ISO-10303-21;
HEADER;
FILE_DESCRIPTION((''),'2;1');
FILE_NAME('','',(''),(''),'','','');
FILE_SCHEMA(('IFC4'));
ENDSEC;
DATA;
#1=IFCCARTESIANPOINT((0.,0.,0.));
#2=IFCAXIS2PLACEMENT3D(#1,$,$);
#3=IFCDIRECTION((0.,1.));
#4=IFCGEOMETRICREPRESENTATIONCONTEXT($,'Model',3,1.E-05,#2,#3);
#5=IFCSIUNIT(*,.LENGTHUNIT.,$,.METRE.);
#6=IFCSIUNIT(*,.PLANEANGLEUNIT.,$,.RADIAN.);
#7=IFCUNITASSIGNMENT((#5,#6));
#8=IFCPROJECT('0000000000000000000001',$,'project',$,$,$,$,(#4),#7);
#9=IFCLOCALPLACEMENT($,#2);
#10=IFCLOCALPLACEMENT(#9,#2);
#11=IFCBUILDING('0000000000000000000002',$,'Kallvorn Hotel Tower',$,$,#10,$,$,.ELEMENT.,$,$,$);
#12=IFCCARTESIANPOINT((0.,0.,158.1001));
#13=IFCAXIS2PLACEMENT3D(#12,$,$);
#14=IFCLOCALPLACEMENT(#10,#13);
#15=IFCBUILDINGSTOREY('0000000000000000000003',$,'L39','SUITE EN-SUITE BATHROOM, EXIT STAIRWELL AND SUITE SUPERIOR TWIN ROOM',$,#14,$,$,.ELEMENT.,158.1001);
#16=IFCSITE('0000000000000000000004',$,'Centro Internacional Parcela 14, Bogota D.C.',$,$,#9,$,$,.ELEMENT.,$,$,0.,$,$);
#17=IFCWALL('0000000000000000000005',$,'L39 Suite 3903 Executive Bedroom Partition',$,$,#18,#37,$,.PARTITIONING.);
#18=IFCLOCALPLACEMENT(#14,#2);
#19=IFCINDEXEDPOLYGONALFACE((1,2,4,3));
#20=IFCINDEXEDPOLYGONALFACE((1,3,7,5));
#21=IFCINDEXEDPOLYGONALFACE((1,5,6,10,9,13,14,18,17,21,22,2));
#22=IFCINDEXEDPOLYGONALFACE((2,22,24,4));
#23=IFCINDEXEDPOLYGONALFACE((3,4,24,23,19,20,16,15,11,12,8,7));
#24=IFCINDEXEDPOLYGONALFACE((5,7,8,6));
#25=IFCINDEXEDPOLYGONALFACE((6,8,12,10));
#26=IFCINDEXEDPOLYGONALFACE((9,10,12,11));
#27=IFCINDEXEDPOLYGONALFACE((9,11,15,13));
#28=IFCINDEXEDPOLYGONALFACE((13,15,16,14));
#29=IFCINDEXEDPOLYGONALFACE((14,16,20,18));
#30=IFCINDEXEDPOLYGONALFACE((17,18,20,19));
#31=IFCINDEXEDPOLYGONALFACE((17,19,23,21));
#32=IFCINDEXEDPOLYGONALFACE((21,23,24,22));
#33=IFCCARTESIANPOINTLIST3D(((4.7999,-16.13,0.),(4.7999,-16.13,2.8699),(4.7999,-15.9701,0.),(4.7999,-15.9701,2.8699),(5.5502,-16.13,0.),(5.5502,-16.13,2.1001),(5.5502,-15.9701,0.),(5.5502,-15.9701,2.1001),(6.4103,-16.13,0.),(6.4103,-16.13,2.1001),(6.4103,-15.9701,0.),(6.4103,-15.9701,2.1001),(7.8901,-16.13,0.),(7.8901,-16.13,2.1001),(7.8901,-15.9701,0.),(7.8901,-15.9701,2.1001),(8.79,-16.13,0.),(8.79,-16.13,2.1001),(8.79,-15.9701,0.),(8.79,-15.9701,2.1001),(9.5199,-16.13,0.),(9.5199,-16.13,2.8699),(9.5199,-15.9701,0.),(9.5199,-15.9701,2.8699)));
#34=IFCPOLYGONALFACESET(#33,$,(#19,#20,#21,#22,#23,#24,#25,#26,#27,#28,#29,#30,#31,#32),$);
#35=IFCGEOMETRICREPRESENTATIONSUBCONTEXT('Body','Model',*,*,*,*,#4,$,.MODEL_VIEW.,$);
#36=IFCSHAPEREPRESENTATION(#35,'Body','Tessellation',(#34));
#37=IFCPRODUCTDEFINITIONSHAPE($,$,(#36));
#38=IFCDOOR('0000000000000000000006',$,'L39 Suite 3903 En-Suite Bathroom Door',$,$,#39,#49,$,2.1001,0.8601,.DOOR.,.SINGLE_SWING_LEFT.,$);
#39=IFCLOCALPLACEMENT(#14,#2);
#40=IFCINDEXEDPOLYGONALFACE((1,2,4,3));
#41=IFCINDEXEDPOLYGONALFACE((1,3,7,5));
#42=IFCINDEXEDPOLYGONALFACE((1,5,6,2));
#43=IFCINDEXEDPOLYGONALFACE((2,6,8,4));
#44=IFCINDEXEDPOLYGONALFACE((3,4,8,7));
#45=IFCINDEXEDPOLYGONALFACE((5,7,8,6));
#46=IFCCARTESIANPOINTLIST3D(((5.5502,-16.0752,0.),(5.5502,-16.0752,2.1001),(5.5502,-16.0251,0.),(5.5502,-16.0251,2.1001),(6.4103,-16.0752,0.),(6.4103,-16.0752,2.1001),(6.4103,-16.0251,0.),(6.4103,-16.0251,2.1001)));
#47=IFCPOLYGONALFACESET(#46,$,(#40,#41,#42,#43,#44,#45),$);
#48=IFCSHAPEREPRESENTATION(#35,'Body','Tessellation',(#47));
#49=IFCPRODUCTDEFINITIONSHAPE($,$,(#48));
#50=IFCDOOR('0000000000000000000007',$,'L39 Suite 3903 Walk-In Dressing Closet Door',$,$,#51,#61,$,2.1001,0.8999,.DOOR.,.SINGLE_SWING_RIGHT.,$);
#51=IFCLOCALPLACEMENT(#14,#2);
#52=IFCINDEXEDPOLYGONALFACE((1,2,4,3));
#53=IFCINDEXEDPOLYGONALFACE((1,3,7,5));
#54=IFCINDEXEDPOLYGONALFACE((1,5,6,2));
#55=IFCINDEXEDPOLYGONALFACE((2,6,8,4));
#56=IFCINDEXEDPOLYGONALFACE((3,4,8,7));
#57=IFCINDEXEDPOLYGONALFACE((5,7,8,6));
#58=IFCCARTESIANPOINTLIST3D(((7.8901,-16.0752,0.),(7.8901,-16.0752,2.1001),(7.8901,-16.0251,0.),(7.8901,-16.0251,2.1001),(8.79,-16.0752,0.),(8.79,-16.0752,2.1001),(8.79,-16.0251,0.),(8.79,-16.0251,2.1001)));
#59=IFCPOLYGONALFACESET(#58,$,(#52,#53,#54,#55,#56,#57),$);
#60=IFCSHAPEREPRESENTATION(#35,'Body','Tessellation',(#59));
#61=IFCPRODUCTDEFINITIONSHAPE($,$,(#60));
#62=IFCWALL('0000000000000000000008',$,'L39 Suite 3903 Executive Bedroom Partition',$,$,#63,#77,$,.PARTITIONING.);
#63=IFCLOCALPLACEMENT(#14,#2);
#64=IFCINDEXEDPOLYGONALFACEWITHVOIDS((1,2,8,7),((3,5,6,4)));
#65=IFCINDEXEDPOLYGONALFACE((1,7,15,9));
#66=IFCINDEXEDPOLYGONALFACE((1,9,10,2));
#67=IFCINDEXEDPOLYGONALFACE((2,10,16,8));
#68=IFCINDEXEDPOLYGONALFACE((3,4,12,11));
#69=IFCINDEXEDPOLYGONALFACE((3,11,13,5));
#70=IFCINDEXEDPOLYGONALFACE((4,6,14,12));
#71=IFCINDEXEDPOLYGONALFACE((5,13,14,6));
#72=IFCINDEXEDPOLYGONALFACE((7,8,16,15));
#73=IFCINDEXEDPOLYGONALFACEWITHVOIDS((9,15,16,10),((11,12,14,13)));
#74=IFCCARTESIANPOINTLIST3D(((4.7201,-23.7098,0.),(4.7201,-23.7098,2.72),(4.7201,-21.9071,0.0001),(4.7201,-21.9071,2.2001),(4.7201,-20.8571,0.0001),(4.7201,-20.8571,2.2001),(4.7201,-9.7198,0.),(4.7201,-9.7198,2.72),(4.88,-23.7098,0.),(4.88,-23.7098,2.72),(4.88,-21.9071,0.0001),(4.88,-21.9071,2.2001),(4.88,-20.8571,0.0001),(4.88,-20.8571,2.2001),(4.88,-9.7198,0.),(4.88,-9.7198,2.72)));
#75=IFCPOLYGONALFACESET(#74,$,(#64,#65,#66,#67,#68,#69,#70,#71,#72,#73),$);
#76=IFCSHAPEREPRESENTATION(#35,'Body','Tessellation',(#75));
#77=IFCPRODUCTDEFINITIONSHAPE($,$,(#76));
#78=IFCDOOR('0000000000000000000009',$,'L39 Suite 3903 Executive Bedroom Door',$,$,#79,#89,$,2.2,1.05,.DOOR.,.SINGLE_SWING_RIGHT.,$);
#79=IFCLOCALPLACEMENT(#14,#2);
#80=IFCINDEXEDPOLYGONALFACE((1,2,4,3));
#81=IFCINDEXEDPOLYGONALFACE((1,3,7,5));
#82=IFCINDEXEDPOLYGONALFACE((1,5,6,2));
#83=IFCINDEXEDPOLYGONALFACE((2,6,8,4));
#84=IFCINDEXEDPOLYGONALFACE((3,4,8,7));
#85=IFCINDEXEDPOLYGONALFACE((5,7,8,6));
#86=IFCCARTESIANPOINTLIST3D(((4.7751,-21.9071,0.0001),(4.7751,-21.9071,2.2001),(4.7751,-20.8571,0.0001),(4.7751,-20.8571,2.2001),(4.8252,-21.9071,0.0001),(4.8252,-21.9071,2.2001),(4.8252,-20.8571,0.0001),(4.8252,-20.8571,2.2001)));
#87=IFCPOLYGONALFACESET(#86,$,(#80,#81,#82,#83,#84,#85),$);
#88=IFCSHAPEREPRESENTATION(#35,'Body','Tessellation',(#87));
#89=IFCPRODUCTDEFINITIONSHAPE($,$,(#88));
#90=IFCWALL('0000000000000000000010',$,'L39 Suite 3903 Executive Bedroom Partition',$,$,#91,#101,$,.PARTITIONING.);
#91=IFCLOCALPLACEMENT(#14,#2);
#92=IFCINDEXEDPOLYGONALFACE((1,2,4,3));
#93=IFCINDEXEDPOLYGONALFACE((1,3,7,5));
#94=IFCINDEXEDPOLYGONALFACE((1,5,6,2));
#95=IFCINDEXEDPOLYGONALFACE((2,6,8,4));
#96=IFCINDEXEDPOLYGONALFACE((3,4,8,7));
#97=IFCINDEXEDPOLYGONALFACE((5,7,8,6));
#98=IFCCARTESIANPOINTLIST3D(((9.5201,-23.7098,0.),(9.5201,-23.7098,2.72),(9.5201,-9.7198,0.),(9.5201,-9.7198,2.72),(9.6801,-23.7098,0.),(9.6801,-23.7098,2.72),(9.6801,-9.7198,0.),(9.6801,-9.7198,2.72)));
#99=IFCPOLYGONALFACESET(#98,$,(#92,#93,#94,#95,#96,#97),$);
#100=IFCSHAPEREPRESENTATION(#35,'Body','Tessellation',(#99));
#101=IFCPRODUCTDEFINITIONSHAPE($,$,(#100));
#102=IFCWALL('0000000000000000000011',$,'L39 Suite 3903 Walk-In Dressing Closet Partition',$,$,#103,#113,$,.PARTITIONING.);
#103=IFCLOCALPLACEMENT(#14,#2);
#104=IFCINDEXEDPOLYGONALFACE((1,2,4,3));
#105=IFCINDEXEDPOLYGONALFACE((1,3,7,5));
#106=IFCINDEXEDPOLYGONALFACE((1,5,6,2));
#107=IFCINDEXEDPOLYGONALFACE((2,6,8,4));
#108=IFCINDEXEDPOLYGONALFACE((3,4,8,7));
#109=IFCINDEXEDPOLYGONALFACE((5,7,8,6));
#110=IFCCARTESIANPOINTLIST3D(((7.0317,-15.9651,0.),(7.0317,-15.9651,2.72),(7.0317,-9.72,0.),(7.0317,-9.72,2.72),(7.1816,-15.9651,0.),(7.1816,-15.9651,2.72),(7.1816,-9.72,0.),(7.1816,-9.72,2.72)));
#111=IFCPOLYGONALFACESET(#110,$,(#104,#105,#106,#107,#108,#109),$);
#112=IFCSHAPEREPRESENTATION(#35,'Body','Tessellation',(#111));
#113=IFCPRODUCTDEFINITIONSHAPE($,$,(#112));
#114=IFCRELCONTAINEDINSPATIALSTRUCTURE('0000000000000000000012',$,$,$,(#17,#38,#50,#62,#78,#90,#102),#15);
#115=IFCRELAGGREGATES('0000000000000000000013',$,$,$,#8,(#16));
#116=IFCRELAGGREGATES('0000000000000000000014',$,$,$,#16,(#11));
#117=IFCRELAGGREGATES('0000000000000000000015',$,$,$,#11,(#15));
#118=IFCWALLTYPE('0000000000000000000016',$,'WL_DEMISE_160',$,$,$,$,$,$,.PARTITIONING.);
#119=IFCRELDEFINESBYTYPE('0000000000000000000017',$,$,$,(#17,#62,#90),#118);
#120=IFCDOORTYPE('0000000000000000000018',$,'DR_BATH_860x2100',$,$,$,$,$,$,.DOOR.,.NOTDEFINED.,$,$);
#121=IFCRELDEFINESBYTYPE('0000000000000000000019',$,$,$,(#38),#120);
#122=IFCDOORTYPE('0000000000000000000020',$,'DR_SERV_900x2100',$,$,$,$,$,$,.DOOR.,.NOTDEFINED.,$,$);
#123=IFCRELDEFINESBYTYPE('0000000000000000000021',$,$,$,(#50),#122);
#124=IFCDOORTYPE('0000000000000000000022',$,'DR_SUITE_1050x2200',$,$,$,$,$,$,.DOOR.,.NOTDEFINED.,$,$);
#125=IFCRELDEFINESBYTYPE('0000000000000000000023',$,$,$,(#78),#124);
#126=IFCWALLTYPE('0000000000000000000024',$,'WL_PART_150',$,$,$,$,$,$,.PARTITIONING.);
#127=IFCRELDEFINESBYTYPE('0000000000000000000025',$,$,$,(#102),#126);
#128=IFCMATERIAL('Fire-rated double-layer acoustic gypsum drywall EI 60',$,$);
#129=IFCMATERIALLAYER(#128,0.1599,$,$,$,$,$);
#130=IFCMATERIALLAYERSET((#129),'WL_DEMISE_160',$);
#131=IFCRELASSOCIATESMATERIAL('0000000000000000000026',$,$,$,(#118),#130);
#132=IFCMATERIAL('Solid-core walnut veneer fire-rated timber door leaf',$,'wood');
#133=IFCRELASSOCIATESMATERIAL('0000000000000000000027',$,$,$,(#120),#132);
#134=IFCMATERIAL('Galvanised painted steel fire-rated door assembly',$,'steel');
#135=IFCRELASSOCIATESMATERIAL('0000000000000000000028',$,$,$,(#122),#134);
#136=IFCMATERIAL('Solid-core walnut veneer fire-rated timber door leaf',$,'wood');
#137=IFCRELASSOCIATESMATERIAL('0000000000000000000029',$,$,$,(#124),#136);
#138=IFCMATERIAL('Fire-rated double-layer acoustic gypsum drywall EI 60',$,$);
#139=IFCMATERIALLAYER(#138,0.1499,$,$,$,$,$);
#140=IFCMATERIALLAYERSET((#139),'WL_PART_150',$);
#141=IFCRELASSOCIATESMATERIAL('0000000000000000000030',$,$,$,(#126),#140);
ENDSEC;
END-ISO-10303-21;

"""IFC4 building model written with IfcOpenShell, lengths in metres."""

from ifc_helpers import new_model, si_unit, direction, frame, frame_2d, origin, place, context, subcontext, project, spatial, rectangle, extrude, material, layer, layer_set, type_object, element, fill, save


model = new_model("IFC4")

# Units and contexts
model_context = context("Model", 3, precision=1e-05, world=origin(), true_north=direction((0.0, 1.0)))
body_context = subcontext(model_context, "Body", "Model", "MODEL_VIEW")
ifc_project = project(units=[si_unit("LENGTHUNIT", "METRE"), si_unit("PLANEANGLEUNIT", "RADIAN")], contexts=[model_context])

# Site, building, storey
site_placement = place(None, origin())
site = spatial("IfcSite", under=ifc_project, at=site_placement, Name="Centro Internacional Parcela 14, Bogota D.C.", CompositionType="ELEMENT", RefElevation=0.0)
building_placement = place(site_placement, origin())
building = spatial("IfcBuilding", under=site, at=building_placement, Name="Kallvorn Hotel Tower", CompositionType="ELEMENT")
storey_placement = place(building_placement, frame((0.0, 0.0, 158.1001)))
storey = spatial("IfcBuildingStorey", under=building, at=storey_placement, Name="L39", Description="SUITE EN-SUITE BATHROOM, EXIT STAIRWELL AND SUITE SUPERIOR TWIN ROOM", CompositionType="ELEMENT", Elevation=158.1001)

# Wall, openings, doors
ifc_material_1 = material(Name="Fire-rated double-layer acoustic gypsum drywall EI 60")
ifc_layer_1 = layer(ifc_material_1, 0.1599)
ifc_layer_set_1 = layer_set([ifc_layer_1], Name="WL_DEMISE_160")
wall_type_1 = type_object("IfcWallType", Name="WL_DEMISE_160", PredefinedType="PARTITIONING", material=ifc_layer_set_1)
wall_1_placement = place(storey_placement, frame((4.8, -16.05, 0.0), z_axis=(0.0, 0.0, 1.0), x_axis=(1.0, 0.0, 0.0)))
wall_1 = element("IfcWall", 1, at=wall_1_placement, inside=storey, type_object=wall_type_1, Name="L39 Suite 3903 Executive Bedroom Partition", PredefinedType="PARTITIONING", context=body_context, shape_type="SweptSolid", body=[
    extrude(rectangle(XDim=4.72, YDim=0.1599, at=frame_2d((2.3599, 0.0))), origin(), (0.0, 0.0, 1.0), 2.8699),
])
opening_1_placement = place(wall_1_placement, frame((0.75, 0.0, 0.0)))
opening_1 = element("IfcOpeningElement", 2, at=opening_1_placement, cuts=wall_1, PredefinedType="OPENING", context=body_context, shape_type="SweptSolid", body=[
    extrude(rectangle(XDim=0.8601, YDim=2.1001, at=frame_2d((0.4302, 1.05))), frame((0.0, 0.095, 0.0), z_axis=(0.0, -1.0, 0.0), x_axis=(1.0, 0.0, 0.0)), (0.0, 0.0, 1.0), 0.1899),
])
opening_2_placement = place(wall_1_placement, frame((3.0901, 0.0, 0.0)))
opening_2 = element("IfcOpeningElement", 3, at=opening_2_placement, cuts=wall_1, PredefinedType="OPENING", context=body_context, shape_type="SweptSolid", body=[
    extrude(rectangle(XDim=0.8999, YDim=2.1001, at=frame_2d((0.45, 1.05))), frame((0.0, 0.095, 0.0), z_axis=(0.0, -1.0, 0.0), x_axis=(1.0, 0.0, 0.0)), (0.0, 0.0, 1.0), 0.1899),
])
ifc_material_2 = material(Name="Solid-core walnut veneer fire-rated timber door leaf", Category="wood")
door_type_1 = type_object("IfcDoorType", Name="DR_BATH_860x2100", OperationType="NOTDEFINED", PredefinedType="DOOR", material=ifc_material_2)
door_1_placement = place(opening_1_placement, origin())
door_1 = element("IfcDoor", 4, at=door_1_placement, inside=storey, type_object=door_type_1, Name="L39 Suite 3903 En-Suite Bathroom Door", OperationType="SINGLE_SWING_LEFT", OverallHeight=2.1001, OverallWidth=0.8601, PredefinedType="DOOR", context=body_context, shape_type="SweptSolid", body=[
    extrude(rectangle(XDim=0.8601, YDim=2.1001, at=frame_2d((0.4302, 1.05))), frame((0.0, 0.0249, 0.0), z_axis=(0.0, -1.0, 0.0), x_axis=(1.0, 0.0, 0.0)), (0.0, 0.0, 1.0), 0.05),
])
fill(opening_1, door_1)
ifc_material_3 = material(Name="Galvanised painted steel fire-rated door assembly", Category="steel")
door_type_2 = type_object("IfcDoorType", Name="DR_SERV_900x2100", OperationType="NOTDEFINED", PredefinedType="DOOR", material=ifc_material_3)
door_2_placement = place(opening_2_placement, origin())
door_2 = element("IfcDoor", 5, at=door_2_placement, inside=storey, type_object=door_type_2, Name="L39 Suite 3903 Walk-In Dressing Closet Door", OperationType="SINGLE_SWING_RIGHT", OverallHeight=2.1001, OverallWidth=0.8999, PredefinedType="DOOR", context=body_context, shape_type="SweptSolid", body=[
    extrude(rectangle(XDim=0.8999, YDim=2.1001, at=frame_2d((0.45, 1.05))), frame((0.0, 0.0249, 0.0), z_axis=(0.0, -1.0, 0.0), x_axis=(1.0, 0.0, 0.0)), (0.0, 0.0, 1.0), 0.05),
])
fill(opening_2, door_2)

# Wall, opening, door
wall_2_placement = place(storey_placement, frame((4.8, -23.71, 0.0), z_axis=(0.0, 0.0, 1.0), x_axis=(0.0, 1.0, 0.0)))
wall_2 = element("IfcWall", 6, at=wall_2_placement, inside=storey, type_object=wall_type_1, Name="L39 Suite 3903 Executive Bedroom Partition", PredefinedType="PARTITIONING", context=body_context, shape_type="SweptSolid", body=[
    extrude(rectangle(XDim=13.99, YDim=0.1599, at=frame_2d((6.9951, 0.0))), origin(), (0.0, 0.0, 1.0), 2.72),
])
opening_3_placement = place(wall_2_placement, frame((1.803, 0.0, 0.0)))
opening_3 = element("IfcOpeningElement", 7, at=opening_3_placement, cuts=wall_2, PredefinedType="OPENING", context=body_context, shape_type="SweptSolid", body=[
    extrude(rectangle(XDim=1.05, YDim=2.2, at=frame_2d((0.5249, 1.1001))), frame((0.0, 0.095, 0.0), z_axis=(0.0, -1.0, 0.0), x_axis=(1.0, 0.0, 0.0)), (0.0, 0.0, 1.0), 0.1899),
])
ifc_material_4 = material(Name="Solid-core walnut veneer fire-rated timber door leaf", Category="wood")
door_type_3 = type_object("IfcDoorType", Name="DR_SUITE_1050x2200", OperationType="NOTDEFINED", PredefinedType="DOOR", material=ifc_material_4)
door_3_placement = place(opening_3_placement, origin())
door_3 = element("IfcDoor", 8, at=door_3_placement, inside=storey, type_object=door_type_3, Name="L39 Suite 3903 Executive Bedroom Door", OperationType="SINGLE_SWING_RIGHT", OverallHeight=2.2, OverallWidth=1.05, PredefinedType="DOOR", context=body_context, shape_type="SweptSolid", body=[
    extrude(rectangle(XDim=1.05, YDim=2.2, at=frame_2d((0.5249, 1.1001))), frame((0.0, 0.0249, 0.0), z_axis=(0.0, -1.0, 0.0), x_axis=(1.0, 0.0, 0.0)), (0.0, 0.0, 1.0), 0.05),
])
fill(opening_3, door_3)

# Walls
wall_3_placement = place(storey_placement, frame((9.6001, -23.71, 0.0), z_axis=(0.0, 0.0, 1.0), x_axis=(0.0, 1.0, 0.0)))
element("IfcWall", 9, at=wall_3_placement, inside=storey, type_object=wall_type_1, Name="L39 Suite 3903 Executive Bedroom Partition", PredefinedType="PARTITIONING", context=body_context, shape_type="SweptSolid", body=[
    extrude(rectangle(XDim=13.99, YDim=0.1599, at=frame_2d((6.9951, 0.0))), origin(), (0.0, 0.0, 1.0), 2.72),
])
ifc_material_5 = material(Name="Fire-rated double-layer acoustic gypsum drywall EI 60")
ifc_layer_2 = layer(ifc_material_5, 0.1499)
ifc_layer_set_2 = layer_set([ifc_layer_2], Name="WL_PART_150")
wall_type_2 = type_object("IfcWallType", Name="WL_PART_150", PredefinedType="PARTITIONING", material=ifc_layer_set_2)
wall_4_placement = place(storey_placement, frame((7.1067, -15.9651, 0.0), z_axis=(0.0, 0.0, 1.0), x_axis=(0.0, 1.0, 0.0)))
element("IfcWall", 10, at=wall_4_placement, inside=storey, type_object=wall_type_2, Name="L39 Suite 3903 Walk-In Dressing Closet Partition", PredefinedType="PARTITIONING", context=body_context, shape_type="SweptSolid", body=[
    extrude(rectangle(XDim=6.2451, YDim=0.1499, at=frame_2d((3.1226, 0.0))), origin(), (0.0, 0.0, 1.0), 2.72),
])

save(model, "model.ifc")
